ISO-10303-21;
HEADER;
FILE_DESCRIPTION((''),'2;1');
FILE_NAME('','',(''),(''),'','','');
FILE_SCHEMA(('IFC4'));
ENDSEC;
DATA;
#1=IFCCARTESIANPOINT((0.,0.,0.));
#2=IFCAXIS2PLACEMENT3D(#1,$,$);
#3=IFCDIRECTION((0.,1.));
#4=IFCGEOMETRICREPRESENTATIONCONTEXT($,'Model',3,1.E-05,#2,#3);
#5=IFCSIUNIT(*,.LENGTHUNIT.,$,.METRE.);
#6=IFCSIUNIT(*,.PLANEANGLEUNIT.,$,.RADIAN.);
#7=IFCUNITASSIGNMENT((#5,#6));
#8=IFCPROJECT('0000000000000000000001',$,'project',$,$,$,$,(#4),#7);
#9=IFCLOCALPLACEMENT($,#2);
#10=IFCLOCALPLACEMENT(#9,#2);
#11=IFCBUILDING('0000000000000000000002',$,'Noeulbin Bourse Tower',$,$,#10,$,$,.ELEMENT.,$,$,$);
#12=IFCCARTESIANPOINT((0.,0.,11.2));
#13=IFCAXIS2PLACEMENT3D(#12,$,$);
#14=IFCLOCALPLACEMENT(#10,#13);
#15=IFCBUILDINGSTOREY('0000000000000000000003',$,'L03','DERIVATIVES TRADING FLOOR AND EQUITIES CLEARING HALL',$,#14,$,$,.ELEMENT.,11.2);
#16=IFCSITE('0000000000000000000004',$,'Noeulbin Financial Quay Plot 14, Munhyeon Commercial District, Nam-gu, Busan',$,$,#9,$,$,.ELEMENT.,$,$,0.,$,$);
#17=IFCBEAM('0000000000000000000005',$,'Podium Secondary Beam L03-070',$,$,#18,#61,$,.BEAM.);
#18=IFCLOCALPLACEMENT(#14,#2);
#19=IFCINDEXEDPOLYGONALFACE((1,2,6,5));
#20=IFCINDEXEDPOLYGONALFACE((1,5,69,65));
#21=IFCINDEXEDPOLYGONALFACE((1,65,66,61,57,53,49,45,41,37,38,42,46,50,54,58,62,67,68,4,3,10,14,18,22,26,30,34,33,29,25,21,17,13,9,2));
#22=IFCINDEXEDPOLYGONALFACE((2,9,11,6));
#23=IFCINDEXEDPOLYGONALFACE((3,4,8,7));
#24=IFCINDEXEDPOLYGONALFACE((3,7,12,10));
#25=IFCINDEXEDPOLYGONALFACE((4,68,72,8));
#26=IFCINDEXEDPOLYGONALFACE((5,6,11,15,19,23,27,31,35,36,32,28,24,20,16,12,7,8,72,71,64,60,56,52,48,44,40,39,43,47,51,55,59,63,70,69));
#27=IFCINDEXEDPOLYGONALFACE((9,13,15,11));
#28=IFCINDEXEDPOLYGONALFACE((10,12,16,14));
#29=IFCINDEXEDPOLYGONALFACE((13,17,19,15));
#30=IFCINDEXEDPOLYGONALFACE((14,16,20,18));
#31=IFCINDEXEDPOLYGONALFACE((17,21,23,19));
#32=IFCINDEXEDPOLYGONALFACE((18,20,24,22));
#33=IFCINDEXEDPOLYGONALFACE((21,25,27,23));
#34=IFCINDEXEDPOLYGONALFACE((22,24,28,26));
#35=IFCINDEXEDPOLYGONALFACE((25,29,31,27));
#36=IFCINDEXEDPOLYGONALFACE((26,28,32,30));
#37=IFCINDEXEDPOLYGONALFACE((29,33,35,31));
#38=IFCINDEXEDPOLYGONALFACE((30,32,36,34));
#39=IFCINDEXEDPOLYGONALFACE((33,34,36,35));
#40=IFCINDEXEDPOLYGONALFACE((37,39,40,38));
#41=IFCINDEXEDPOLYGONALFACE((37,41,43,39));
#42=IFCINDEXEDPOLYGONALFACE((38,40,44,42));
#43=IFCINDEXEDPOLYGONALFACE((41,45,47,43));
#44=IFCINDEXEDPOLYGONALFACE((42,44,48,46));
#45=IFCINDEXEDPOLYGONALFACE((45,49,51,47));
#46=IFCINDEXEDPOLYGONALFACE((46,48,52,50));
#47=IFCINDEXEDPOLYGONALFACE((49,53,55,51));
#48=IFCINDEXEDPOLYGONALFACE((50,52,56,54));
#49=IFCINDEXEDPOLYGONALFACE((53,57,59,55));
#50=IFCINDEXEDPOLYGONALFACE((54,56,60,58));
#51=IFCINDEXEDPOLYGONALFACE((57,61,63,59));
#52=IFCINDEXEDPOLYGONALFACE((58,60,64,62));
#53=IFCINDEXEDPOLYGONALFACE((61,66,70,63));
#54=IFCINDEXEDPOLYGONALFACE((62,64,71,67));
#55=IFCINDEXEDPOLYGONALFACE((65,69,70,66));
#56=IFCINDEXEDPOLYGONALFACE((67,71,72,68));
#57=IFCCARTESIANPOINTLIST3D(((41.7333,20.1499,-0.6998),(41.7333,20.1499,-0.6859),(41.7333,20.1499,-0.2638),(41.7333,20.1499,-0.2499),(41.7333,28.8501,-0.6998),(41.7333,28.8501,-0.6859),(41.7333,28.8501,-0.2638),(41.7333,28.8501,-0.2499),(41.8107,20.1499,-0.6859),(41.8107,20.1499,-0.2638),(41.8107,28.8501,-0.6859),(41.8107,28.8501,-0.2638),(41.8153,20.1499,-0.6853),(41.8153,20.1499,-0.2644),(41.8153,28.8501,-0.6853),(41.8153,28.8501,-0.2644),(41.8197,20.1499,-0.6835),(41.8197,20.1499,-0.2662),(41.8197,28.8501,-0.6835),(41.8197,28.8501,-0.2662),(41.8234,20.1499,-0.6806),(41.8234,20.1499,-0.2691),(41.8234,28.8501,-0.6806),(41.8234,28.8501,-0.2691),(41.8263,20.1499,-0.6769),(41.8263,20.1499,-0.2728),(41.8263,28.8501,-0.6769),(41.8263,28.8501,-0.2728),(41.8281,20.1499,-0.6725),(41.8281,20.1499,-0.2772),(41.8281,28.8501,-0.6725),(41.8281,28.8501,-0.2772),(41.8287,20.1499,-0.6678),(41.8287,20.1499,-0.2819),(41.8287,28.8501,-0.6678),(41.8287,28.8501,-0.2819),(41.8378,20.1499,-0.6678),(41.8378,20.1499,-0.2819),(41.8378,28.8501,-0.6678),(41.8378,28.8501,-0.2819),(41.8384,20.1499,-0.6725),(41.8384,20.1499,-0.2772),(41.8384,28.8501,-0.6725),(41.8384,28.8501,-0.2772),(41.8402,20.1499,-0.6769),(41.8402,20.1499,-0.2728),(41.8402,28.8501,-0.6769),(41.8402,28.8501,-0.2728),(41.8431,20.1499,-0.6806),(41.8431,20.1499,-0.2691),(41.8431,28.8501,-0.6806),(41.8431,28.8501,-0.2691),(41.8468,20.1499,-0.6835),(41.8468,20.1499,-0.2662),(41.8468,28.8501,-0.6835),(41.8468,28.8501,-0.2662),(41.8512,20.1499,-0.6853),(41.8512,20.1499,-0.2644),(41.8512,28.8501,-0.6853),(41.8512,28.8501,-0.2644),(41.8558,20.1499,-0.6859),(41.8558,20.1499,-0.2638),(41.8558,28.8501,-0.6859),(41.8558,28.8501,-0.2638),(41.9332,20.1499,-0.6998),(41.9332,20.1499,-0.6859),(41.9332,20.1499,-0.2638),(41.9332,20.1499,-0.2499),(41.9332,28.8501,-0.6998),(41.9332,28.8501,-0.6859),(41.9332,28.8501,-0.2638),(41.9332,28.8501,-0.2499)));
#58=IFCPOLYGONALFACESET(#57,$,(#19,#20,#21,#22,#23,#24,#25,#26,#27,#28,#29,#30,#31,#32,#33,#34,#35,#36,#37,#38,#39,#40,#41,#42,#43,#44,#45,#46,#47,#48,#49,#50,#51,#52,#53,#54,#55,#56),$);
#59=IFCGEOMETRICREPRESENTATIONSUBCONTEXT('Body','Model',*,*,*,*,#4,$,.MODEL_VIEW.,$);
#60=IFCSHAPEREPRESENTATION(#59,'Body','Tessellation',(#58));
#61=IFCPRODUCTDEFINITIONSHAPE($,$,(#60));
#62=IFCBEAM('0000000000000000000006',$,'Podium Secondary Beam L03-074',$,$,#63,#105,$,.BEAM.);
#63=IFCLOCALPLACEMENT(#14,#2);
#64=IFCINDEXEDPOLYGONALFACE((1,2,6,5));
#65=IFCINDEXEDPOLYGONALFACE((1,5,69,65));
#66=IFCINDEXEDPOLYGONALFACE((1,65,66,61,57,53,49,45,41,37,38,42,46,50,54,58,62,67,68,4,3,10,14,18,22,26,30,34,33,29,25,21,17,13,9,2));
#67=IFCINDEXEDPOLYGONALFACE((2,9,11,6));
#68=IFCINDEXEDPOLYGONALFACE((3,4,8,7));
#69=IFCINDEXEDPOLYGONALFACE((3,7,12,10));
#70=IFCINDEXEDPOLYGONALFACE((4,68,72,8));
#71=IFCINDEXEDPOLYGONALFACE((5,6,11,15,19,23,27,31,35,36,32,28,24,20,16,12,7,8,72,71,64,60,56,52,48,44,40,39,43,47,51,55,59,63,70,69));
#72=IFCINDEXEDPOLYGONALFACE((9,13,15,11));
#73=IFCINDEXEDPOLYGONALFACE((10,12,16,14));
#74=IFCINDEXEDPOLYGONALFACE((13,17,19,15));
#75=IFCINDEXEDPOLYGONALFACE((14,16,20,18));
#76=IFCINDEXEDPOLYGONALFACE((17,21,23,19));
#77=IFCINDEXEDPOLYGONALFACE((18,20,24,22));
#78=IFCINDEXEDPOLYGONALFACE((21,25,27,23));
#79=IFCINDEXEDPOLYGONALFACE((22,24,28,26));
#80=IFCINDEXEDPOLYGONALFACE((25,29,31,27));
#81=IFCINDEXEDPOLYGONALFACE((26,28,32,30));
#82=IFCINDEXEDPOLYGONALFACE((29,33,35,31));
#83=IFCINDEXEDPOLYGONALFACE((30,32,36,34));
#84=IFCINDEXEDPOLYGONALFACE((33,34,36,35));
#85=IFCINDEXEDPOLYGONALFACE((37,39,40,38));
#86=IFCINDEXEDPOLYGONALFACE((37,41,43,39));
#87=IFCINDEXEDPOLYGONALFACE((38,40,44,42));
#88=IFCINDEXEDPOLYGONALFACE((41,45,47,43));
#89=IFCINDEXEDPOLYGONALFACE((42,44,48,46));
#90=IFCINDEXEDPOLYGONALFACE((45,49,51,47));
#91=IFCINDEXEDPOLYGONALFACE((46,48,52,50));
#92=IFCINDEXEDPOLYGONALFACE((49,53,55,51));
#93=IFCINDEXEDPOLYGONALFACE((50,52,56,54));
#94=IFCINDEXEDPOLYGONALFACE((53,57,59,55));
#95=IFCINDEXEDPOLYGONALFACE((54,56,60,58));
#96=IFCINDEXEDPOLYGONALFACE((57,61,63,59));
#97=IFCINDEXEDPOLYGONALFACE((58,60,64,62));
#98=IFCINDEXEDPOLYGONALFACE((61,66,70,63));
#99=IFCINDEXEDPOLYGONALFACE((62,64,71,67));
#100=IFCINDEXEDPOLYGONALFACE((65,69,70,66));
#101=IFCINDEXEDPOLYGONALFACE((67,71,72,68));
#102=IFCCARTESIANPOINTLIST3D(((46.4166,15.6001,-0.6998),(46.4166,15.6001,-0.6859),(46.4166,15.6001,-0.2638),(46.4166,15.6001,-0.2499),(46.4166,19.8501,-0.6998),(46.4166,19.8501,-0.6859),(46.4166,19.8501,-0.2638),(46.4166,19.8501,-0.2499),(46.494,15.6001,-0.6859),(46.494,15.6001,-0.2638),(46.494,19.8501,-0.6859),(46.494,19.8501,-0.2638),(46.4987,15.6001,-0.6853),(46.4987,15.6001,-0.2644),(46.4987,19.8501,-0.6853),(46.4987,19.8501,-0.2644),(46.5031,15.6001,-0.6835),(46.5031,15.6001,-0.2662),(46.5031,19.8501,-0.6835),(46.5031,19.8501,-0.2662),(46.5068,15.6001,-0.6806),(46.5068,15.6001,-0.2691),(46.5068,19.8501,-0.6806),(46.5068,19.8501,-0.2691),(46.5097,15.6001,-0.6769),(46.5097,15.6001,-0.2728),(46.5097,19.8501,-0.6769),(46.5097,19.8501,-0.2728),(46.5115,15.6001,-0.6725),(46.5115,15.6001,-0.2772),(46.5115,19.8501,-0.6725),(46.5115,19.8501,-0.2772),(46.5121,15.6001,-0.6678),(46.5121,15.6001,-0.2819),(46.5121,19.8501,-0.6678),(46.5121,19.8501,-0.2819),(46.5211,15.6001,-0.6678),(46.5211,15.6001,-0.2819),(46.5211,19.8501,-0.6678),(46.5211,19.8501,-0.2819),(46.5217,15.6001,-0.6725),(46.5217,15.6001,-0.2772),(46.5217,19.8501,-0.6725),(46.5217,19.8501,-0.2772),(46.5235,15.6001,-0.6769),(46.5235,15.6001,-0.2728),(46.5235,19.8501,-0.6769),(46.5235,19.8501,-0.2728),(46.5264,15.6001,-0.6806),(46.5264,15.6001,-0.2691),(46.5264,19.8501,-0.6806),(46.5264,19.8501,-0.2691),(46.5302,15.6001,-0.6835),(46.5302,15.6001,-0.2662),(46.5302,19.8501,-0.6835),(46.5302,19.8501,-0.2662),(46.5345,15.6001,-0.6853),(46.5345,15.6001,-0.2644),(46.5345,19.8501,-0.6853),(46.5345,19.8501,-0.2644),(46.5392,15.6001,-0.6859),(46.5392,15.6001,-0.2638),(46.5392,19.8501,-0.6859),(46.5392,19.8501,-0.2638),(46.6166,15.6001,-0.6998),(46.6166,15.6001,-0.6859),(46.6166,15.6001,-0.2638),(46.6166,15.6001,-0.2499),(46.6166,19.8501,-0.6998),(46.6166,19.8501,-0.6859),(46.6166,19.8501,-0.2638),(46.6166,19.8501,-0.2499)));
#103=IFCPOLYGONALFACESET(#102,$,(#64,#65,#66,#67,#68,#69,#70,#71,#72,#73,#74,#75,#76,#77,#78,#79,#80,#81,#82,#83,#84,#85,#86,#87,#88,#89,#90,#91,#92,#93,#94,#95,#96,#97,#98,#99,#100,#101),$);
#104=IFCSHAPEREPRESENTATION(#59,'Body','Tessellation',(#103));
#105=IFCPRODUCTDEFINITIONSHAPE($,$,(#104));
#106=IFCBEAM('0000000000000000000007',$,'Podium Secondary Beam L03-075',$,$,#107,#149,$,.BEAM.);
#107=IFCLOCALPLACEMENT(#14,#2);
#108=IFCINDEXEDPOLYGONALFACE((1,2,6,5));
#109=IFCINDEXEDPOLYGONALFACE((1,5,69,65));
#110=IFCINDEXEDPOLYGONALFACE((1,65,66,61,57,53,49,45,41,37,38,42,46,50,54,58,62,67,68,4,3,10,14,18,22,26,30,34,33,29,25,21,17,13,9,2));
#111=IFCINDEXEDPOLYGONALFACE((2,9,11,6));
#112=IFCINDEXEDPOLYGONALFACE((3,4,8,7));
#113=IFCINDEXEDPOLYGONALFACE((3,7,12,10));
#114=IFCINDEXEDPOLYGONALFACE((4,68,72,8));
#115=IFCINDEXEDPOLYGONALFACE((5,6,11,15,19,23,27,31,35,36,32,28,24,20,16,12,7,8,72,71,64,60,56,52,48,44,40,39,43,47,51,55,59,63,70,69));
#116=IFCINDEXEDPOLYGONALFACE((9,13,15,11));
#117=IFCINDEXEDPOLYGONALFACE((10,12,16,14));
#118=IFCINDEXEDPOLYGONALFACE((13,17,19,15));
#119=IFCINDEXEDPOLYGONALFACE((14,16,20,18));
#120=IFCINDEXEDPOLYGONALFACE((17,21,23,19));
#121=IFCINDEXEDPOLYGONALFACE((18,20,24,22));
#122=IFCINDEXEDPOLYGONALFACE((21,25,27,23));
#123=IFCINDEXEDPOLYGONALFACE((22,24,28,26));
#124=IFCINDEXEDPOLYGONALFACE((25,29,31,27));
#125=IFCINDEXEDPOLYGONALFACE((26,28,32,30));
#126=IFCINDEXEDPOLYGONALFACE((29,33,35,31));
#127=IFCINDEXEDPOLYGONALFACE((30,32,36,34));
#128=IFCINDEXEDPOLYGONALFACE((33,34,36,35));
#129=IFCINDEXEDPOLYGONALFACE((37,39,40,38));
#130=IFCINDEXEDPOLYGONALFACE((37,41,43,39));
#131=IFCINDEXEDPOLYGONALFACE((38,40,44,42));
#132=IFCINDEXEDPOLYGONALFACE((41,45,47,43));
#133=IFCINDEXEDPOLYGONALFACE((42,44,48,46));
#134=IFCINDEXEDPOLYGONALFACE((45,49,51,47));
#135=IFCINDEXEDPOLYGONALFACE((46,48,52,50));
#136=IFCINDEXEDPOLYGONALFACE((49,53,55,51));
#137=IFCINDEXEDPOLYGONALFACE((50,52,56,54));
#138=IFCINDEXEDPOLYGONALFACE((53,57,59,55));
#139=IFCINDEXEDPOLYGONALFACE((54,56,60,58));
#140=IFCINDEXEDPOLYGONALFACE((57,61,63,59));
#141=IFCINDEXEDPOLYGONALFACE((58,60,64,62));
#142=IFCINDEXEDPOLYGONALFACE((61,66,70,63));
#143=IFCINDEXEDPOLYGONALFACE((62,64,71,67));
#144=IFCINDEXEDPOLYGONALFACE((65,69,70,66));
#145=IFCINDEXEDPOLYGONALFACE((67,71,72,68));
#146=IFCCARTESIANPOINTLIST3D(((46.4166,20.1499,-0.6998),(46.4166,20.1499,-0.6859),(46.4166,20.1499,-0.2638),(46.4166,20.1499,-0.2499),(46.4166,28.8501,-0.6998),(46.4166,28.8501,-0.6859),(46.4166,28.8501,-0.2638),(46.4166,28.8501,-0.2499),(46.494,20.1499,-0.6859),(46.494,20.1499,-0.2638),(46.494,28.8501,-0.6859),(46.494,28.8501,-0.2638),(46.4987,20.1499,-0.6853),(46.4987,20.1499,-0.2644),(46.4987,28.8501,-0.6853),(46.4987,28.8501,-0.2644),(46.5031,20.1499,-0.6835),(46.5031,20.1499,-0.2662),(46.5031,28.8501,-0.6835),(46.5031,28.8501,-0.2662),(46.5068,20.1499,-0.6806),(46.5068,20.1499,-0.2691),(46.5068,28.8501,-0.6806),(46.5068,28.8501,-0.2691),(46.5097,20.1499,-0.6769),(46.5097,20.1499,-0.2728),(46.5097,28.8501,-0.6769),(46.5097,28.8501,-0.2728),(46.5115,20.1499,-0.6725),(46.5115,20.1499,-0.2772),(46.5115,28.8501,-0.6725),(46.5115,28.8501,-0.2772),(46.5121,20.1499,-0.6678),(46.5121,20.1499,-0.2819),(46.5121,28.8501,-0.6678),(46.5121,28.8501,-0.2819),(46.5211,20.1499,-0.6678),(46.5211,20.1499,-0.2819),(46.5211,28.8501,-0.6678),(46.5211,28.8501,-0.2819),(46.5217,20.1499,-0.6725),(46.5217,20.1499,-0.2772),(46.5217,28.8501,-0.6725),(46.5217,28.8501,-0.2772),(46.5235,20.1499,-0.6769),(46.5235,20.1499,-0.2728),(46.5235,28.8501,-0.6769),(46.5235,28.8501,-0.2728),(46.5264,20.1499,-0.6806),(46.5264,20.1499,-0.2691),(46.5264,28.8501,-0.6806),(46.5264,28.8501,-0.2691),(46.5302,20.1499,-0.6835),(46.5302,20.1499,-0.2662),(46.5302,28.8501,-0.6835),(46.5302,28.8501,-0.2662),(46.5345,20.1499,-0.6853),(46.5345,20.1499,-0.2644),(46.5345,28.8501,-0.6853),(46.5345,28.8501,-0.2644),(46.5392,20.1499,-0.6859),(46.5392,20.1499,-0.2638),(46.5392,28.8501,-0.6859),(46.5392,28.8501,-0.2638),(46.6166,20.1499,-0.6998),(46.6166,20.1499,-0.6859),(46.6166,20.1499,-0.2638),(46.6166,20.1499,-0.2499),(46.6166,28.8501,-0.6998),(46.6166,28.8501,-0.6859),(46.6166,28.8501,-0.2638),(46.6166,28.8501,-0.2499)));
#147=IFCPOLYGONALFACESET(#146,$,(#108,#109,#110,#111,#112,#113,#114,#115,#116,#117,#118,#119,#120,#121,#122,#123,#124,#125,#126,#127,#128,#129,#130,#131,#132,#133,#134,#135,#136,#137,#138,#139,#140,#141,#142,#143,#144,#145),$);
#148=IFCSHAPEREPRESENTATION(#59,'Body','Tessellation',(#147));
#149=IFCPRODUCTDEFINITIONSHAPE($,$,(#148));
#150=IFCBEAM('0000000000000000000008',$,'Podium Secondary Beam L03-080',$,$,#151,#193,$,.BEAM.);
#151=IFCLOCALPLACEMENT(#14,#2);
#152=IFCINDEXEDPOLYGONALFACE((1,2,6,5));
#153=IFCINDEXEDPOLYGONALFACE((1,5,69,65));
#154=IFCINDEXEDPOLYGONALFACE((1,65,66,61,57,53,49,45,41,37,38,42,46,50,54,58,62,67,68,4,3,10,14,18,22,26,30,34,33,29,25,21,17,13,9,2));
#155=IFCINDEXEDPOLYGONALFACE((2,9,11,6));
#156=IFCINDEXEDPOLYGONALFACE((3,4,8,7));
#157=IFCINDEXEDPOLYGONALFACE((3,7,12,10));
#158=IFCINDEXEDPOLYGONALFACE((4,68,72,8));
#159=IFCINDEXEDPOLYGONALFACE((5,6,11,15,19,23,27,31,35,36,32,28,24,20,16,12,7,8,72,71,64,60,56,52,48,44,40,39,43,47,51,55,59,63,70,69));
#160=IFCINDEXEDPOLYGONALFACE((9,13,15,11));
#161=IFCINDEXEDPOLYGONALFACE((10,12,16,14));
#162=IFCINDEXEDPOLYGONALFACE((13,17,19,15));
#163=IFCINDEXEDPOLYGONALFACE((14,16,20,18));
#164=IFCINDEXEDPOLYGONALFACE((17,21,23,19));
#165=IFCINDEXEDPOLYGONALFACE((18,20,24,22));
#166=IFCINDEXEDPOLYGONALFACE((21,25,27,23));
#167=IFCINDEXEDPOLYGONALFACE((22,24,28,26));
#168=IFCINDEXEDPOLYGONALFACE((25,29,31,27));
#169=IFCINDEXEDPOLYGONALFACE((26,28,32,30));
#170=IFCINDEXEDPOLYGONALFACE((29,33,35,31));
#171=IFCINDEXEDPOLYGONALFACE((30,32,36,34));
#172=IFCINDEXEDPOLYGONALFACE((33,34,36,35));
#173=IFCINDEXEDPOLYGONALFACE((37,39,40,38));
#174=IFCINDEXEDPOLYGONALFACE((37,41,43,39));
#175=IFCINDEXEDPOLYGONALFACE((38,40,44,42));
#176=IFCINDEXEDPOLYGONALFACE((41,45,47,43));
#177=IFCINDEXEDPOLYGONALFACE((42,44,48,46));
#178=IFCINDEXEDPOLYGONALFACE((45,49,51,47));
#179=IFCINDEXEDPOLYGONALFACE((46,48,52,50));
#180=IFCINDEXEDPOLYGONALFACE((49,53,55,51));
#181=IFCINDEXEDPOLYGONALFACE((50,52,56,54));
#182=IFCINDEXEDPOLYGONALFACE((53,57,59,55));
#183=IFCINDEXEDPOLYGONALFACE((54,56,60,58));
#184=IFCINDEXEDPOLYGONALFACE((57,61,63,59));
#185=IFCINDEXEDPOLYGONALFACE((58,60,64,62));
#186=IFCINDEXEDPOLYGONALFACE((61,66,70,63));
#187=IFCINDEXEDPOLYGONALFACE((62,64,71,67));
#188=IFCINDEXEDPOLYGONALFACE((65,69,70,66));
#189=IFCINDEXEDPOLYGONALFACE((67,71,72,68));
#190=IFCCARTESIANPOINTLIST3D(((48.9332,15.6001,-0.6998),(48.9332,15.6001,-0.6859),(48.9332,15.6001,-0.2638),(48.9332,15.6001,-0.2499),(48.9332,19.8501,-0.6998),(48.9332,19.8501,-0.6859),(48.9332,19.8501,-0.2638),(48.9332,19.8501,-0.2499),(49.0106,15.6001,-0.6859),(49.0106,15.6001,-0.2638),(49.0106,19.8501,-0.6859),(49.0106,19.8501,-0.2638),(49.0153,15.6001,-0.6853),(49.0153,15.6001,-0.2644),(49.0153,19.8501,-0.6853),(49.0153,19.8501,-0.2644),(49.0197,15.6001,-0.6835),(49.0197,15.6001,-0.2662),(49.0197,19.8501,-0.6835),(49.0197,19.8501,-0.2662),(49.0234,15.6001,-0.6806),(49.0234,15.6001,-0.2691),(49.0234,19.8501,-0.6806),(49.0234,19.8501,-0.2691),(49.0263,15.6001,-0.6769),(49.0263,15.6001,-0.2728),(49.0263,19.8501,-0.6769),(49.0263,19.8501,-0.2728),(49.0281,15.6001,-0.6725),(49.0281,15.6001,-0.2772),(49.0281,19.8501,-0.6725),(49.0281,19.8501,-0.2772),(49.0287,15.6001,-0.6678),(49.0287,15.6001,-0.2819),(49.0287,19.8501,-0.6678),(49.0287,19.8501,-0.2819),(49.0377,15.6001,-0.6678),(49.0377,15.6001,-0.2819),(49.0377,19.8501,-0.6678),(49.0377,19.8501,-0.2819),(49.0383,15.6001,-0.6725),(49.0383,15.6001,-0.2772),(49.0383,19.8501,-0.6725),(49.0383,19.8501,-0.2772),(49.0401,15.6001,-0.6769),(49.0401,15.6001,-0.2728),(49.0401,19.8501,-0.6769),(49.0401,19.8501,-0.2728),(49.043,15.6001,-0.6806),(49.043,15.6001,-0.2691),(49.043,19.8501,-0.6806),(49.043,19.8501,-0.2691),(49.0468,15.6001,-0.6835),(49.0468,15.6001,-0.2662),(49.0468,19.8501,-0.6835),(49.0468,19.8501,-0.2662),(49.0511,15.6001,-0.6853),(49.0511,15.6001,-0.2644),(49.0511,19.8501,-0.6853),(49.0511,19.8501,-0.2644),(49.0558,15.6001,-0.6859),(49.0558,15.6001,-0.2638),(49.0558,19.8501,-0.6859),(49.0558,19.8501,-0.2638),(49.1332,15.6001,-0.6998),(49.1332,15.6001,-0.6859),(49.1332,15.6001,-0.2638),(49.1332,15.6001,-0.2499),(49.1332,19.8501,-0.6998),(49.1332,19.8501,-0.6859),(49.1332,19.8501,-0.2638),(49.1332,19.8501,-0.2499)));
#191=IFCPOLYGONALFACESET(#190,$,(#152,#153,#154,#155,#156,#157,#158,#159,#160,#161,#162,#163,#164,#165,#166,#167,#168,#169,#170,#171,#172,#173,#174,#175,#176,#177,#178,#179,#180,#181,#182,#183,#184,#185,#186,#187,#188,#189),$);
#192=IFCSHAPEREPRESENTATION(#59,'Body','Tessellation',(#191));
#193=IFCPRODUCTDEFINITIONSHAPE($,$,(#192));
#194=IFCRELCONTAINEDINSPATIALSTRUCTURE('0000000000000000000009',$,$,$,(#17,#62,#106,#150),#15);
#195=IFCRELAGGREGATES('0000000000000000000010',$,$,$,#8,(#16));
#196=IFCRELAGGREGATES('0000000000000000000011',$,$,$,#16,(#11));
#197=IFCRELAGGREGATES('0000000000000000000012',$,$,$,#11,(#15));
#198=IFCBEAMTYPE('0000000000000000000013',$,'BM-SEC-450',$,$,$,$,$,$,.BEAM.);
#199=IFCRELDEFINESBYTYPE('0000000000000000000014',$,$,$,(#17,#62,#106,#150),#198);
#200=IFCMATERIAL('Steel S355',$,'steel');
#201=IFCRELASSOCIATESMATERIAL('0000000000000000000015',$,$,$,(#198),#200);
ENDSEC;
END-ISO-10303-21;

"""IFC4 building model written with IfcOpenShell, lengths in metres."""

from ifc_helpers import new_model, si_unit, direction, frame, origin, origin_2d, place, context, subcontext, project, spatial, i_section, extrude, material, material_profile, profile_set, type_object, element, save


model = new_model("IFC4")

# Units and contexts
model_context = context("Model", 3, precision=1e-05, world=origin(), true_north=direction((0.0, 1.0)))
body_context = subcontext(model_context, "Body", "Model", "MODEL_VIEW")
ifc_project = project(units=[si_unit("LENGTHUNIT", "METRE"), si_unit("PLANEANGLEUNIT", "RADIAN")], contexts=[model_context])

# Site, building, storey
site_placement = place(None, origin())
site = spatial("IfcSite", under=ifc_project, at=site_placement, Name="Noeulbin Financial Quay Plot 14, Munhyeon Commercial District, Nam-gu, Busan", CompositionType="ELEMENT", RefElevation=0.0)
building_placement = place(site_placement, origin())
building = spatial("IfcBuilding", under=site, at=building_placement, Name="Noeulbin Bourse Tower", CompositionType="ELEMENT")
storey_placement = place(building_placement, frame((0.0, 0.0, 11.2)))
storey = spatial("IfcBuildingStorey", under=building, at=storey_placement, Name="L03", Description="DERIVATIVES TRADING FLOOR AND EQUITIES CLEARING HALL", CompositionType="ELEMENT", Elevation=11.2)

# Beams
ifc_material_1 = material(Name="Steel S355", Category="steel")
ifc_material_profile_1 = material_profile(ifc_material_1, i_section(OverallWidth=0.2, OverallDepth=0.45, WebThickness=0.009, FlangeThickness=0.0139, FilletRadius=0.0181, at=origin_2d()), Name="H-450x200x9x14", Category="LoadBearing")
ifc_profile_set_1 = profile_set([ifc_material_profile_1], Name="Steel S355")
beam_type_1 = type_object("IfcBeamType", Name="BM-SEC-450", PredefinedType="BEAM", material=ifc_profile_set_1)
beam_1_placement = place(storey_placement, frame((41.8333, 20.1499, -0.4749), z_axis=(0.0, 1.0, 0.0), x_axis=(-1.0, 0.0, 0.0)))
element("IfcBeam", 1, at=beam_1_placement, inside=storey, type_object=beam_type_1, Name="Podium Secondary Beam L03-070", PredefinedType="BEAM", context=body_context, shape_type="SweptSolid", body=[
    extrude(i_section(OverallWidth=0.2, OverallDepth=0.45, WebThickness=0.009, FlangeThickness=0.0139, FilletRadius=0.0181, at=origin_2d()), origin(), (0.0, 0.0, 1.0), 8.7002),
])
beam_2_placement = place(storey_placement, frame((46.5166, 15.6001, -0.4749), z_axis=(0.0, 1.0, 0.0), x_axis=(-1.0, 0.0, 0.0)))
element("IfcBeam", 2, at=beam_2_placement, inside=storey, type_object=beam_type_1, Name="Podium Secondary Beam L03-074", PredefinedType="BEAM", context=body_context, shape_type="SweptSolid", body=[
    extrude(i_section(OverallWidth=0.2, OverallDepth=0.45, WebThickness=0.009, FlangeThickness=0.0139, FilletRadius=0.0181, at=origin_2d()), origin(), (0.0, 0.0, 1.0), 4.25),
])
beam_3_placement = place(storey_placement, frame((46.5166, 20.1499, -0.4749), z_axis=(0.0, 1.0, 0.0), x_axis=(-1.0, 0.0, 0.0)))
element("IfcBeam", 3, at=beam_3_placement, inside=storey, type_object=beam_type_1, Name="Podium Secondary Beam L03-075", PredefinedType="BEAM", context=body_context, shape_type="SweptSolid", body=[
    extrude(i_section(OverallWidth=0.2, OverallDepth=0.45, WebThickness=0.009, FlangeThickness=0.0139, FilletRadius=0.0181, at=origin_2d()), origin(), (0.0, 0.0, 1.0), 8.7002),
])
beam_4_placement = place(storey_placement, frame((49.0332, 15.6001, -0.4749), z_axis=(0.0, 1.0, 0.0), x_axis=(-1.0, 0.0, 0.0)))
element("IfcBeam", 4, at=beam_4_placement, inside=storey, type_object=beam_type_1, Name="Podium Secondary Beam L03-080", PredefinedType="BEAM", context=body_context, shape_type="SweptSolid", body=[
    extrude(i_section(OverallWidth=0.2, OverallDepth=0.45, WebThickness=0.009, FlangeThickness=0.0139, FilletRadius=0.0181, at=origin_2d()), origin(), (0.0, 0.0, 1.0), 4.25),
])

save(model, "model.ifc")
